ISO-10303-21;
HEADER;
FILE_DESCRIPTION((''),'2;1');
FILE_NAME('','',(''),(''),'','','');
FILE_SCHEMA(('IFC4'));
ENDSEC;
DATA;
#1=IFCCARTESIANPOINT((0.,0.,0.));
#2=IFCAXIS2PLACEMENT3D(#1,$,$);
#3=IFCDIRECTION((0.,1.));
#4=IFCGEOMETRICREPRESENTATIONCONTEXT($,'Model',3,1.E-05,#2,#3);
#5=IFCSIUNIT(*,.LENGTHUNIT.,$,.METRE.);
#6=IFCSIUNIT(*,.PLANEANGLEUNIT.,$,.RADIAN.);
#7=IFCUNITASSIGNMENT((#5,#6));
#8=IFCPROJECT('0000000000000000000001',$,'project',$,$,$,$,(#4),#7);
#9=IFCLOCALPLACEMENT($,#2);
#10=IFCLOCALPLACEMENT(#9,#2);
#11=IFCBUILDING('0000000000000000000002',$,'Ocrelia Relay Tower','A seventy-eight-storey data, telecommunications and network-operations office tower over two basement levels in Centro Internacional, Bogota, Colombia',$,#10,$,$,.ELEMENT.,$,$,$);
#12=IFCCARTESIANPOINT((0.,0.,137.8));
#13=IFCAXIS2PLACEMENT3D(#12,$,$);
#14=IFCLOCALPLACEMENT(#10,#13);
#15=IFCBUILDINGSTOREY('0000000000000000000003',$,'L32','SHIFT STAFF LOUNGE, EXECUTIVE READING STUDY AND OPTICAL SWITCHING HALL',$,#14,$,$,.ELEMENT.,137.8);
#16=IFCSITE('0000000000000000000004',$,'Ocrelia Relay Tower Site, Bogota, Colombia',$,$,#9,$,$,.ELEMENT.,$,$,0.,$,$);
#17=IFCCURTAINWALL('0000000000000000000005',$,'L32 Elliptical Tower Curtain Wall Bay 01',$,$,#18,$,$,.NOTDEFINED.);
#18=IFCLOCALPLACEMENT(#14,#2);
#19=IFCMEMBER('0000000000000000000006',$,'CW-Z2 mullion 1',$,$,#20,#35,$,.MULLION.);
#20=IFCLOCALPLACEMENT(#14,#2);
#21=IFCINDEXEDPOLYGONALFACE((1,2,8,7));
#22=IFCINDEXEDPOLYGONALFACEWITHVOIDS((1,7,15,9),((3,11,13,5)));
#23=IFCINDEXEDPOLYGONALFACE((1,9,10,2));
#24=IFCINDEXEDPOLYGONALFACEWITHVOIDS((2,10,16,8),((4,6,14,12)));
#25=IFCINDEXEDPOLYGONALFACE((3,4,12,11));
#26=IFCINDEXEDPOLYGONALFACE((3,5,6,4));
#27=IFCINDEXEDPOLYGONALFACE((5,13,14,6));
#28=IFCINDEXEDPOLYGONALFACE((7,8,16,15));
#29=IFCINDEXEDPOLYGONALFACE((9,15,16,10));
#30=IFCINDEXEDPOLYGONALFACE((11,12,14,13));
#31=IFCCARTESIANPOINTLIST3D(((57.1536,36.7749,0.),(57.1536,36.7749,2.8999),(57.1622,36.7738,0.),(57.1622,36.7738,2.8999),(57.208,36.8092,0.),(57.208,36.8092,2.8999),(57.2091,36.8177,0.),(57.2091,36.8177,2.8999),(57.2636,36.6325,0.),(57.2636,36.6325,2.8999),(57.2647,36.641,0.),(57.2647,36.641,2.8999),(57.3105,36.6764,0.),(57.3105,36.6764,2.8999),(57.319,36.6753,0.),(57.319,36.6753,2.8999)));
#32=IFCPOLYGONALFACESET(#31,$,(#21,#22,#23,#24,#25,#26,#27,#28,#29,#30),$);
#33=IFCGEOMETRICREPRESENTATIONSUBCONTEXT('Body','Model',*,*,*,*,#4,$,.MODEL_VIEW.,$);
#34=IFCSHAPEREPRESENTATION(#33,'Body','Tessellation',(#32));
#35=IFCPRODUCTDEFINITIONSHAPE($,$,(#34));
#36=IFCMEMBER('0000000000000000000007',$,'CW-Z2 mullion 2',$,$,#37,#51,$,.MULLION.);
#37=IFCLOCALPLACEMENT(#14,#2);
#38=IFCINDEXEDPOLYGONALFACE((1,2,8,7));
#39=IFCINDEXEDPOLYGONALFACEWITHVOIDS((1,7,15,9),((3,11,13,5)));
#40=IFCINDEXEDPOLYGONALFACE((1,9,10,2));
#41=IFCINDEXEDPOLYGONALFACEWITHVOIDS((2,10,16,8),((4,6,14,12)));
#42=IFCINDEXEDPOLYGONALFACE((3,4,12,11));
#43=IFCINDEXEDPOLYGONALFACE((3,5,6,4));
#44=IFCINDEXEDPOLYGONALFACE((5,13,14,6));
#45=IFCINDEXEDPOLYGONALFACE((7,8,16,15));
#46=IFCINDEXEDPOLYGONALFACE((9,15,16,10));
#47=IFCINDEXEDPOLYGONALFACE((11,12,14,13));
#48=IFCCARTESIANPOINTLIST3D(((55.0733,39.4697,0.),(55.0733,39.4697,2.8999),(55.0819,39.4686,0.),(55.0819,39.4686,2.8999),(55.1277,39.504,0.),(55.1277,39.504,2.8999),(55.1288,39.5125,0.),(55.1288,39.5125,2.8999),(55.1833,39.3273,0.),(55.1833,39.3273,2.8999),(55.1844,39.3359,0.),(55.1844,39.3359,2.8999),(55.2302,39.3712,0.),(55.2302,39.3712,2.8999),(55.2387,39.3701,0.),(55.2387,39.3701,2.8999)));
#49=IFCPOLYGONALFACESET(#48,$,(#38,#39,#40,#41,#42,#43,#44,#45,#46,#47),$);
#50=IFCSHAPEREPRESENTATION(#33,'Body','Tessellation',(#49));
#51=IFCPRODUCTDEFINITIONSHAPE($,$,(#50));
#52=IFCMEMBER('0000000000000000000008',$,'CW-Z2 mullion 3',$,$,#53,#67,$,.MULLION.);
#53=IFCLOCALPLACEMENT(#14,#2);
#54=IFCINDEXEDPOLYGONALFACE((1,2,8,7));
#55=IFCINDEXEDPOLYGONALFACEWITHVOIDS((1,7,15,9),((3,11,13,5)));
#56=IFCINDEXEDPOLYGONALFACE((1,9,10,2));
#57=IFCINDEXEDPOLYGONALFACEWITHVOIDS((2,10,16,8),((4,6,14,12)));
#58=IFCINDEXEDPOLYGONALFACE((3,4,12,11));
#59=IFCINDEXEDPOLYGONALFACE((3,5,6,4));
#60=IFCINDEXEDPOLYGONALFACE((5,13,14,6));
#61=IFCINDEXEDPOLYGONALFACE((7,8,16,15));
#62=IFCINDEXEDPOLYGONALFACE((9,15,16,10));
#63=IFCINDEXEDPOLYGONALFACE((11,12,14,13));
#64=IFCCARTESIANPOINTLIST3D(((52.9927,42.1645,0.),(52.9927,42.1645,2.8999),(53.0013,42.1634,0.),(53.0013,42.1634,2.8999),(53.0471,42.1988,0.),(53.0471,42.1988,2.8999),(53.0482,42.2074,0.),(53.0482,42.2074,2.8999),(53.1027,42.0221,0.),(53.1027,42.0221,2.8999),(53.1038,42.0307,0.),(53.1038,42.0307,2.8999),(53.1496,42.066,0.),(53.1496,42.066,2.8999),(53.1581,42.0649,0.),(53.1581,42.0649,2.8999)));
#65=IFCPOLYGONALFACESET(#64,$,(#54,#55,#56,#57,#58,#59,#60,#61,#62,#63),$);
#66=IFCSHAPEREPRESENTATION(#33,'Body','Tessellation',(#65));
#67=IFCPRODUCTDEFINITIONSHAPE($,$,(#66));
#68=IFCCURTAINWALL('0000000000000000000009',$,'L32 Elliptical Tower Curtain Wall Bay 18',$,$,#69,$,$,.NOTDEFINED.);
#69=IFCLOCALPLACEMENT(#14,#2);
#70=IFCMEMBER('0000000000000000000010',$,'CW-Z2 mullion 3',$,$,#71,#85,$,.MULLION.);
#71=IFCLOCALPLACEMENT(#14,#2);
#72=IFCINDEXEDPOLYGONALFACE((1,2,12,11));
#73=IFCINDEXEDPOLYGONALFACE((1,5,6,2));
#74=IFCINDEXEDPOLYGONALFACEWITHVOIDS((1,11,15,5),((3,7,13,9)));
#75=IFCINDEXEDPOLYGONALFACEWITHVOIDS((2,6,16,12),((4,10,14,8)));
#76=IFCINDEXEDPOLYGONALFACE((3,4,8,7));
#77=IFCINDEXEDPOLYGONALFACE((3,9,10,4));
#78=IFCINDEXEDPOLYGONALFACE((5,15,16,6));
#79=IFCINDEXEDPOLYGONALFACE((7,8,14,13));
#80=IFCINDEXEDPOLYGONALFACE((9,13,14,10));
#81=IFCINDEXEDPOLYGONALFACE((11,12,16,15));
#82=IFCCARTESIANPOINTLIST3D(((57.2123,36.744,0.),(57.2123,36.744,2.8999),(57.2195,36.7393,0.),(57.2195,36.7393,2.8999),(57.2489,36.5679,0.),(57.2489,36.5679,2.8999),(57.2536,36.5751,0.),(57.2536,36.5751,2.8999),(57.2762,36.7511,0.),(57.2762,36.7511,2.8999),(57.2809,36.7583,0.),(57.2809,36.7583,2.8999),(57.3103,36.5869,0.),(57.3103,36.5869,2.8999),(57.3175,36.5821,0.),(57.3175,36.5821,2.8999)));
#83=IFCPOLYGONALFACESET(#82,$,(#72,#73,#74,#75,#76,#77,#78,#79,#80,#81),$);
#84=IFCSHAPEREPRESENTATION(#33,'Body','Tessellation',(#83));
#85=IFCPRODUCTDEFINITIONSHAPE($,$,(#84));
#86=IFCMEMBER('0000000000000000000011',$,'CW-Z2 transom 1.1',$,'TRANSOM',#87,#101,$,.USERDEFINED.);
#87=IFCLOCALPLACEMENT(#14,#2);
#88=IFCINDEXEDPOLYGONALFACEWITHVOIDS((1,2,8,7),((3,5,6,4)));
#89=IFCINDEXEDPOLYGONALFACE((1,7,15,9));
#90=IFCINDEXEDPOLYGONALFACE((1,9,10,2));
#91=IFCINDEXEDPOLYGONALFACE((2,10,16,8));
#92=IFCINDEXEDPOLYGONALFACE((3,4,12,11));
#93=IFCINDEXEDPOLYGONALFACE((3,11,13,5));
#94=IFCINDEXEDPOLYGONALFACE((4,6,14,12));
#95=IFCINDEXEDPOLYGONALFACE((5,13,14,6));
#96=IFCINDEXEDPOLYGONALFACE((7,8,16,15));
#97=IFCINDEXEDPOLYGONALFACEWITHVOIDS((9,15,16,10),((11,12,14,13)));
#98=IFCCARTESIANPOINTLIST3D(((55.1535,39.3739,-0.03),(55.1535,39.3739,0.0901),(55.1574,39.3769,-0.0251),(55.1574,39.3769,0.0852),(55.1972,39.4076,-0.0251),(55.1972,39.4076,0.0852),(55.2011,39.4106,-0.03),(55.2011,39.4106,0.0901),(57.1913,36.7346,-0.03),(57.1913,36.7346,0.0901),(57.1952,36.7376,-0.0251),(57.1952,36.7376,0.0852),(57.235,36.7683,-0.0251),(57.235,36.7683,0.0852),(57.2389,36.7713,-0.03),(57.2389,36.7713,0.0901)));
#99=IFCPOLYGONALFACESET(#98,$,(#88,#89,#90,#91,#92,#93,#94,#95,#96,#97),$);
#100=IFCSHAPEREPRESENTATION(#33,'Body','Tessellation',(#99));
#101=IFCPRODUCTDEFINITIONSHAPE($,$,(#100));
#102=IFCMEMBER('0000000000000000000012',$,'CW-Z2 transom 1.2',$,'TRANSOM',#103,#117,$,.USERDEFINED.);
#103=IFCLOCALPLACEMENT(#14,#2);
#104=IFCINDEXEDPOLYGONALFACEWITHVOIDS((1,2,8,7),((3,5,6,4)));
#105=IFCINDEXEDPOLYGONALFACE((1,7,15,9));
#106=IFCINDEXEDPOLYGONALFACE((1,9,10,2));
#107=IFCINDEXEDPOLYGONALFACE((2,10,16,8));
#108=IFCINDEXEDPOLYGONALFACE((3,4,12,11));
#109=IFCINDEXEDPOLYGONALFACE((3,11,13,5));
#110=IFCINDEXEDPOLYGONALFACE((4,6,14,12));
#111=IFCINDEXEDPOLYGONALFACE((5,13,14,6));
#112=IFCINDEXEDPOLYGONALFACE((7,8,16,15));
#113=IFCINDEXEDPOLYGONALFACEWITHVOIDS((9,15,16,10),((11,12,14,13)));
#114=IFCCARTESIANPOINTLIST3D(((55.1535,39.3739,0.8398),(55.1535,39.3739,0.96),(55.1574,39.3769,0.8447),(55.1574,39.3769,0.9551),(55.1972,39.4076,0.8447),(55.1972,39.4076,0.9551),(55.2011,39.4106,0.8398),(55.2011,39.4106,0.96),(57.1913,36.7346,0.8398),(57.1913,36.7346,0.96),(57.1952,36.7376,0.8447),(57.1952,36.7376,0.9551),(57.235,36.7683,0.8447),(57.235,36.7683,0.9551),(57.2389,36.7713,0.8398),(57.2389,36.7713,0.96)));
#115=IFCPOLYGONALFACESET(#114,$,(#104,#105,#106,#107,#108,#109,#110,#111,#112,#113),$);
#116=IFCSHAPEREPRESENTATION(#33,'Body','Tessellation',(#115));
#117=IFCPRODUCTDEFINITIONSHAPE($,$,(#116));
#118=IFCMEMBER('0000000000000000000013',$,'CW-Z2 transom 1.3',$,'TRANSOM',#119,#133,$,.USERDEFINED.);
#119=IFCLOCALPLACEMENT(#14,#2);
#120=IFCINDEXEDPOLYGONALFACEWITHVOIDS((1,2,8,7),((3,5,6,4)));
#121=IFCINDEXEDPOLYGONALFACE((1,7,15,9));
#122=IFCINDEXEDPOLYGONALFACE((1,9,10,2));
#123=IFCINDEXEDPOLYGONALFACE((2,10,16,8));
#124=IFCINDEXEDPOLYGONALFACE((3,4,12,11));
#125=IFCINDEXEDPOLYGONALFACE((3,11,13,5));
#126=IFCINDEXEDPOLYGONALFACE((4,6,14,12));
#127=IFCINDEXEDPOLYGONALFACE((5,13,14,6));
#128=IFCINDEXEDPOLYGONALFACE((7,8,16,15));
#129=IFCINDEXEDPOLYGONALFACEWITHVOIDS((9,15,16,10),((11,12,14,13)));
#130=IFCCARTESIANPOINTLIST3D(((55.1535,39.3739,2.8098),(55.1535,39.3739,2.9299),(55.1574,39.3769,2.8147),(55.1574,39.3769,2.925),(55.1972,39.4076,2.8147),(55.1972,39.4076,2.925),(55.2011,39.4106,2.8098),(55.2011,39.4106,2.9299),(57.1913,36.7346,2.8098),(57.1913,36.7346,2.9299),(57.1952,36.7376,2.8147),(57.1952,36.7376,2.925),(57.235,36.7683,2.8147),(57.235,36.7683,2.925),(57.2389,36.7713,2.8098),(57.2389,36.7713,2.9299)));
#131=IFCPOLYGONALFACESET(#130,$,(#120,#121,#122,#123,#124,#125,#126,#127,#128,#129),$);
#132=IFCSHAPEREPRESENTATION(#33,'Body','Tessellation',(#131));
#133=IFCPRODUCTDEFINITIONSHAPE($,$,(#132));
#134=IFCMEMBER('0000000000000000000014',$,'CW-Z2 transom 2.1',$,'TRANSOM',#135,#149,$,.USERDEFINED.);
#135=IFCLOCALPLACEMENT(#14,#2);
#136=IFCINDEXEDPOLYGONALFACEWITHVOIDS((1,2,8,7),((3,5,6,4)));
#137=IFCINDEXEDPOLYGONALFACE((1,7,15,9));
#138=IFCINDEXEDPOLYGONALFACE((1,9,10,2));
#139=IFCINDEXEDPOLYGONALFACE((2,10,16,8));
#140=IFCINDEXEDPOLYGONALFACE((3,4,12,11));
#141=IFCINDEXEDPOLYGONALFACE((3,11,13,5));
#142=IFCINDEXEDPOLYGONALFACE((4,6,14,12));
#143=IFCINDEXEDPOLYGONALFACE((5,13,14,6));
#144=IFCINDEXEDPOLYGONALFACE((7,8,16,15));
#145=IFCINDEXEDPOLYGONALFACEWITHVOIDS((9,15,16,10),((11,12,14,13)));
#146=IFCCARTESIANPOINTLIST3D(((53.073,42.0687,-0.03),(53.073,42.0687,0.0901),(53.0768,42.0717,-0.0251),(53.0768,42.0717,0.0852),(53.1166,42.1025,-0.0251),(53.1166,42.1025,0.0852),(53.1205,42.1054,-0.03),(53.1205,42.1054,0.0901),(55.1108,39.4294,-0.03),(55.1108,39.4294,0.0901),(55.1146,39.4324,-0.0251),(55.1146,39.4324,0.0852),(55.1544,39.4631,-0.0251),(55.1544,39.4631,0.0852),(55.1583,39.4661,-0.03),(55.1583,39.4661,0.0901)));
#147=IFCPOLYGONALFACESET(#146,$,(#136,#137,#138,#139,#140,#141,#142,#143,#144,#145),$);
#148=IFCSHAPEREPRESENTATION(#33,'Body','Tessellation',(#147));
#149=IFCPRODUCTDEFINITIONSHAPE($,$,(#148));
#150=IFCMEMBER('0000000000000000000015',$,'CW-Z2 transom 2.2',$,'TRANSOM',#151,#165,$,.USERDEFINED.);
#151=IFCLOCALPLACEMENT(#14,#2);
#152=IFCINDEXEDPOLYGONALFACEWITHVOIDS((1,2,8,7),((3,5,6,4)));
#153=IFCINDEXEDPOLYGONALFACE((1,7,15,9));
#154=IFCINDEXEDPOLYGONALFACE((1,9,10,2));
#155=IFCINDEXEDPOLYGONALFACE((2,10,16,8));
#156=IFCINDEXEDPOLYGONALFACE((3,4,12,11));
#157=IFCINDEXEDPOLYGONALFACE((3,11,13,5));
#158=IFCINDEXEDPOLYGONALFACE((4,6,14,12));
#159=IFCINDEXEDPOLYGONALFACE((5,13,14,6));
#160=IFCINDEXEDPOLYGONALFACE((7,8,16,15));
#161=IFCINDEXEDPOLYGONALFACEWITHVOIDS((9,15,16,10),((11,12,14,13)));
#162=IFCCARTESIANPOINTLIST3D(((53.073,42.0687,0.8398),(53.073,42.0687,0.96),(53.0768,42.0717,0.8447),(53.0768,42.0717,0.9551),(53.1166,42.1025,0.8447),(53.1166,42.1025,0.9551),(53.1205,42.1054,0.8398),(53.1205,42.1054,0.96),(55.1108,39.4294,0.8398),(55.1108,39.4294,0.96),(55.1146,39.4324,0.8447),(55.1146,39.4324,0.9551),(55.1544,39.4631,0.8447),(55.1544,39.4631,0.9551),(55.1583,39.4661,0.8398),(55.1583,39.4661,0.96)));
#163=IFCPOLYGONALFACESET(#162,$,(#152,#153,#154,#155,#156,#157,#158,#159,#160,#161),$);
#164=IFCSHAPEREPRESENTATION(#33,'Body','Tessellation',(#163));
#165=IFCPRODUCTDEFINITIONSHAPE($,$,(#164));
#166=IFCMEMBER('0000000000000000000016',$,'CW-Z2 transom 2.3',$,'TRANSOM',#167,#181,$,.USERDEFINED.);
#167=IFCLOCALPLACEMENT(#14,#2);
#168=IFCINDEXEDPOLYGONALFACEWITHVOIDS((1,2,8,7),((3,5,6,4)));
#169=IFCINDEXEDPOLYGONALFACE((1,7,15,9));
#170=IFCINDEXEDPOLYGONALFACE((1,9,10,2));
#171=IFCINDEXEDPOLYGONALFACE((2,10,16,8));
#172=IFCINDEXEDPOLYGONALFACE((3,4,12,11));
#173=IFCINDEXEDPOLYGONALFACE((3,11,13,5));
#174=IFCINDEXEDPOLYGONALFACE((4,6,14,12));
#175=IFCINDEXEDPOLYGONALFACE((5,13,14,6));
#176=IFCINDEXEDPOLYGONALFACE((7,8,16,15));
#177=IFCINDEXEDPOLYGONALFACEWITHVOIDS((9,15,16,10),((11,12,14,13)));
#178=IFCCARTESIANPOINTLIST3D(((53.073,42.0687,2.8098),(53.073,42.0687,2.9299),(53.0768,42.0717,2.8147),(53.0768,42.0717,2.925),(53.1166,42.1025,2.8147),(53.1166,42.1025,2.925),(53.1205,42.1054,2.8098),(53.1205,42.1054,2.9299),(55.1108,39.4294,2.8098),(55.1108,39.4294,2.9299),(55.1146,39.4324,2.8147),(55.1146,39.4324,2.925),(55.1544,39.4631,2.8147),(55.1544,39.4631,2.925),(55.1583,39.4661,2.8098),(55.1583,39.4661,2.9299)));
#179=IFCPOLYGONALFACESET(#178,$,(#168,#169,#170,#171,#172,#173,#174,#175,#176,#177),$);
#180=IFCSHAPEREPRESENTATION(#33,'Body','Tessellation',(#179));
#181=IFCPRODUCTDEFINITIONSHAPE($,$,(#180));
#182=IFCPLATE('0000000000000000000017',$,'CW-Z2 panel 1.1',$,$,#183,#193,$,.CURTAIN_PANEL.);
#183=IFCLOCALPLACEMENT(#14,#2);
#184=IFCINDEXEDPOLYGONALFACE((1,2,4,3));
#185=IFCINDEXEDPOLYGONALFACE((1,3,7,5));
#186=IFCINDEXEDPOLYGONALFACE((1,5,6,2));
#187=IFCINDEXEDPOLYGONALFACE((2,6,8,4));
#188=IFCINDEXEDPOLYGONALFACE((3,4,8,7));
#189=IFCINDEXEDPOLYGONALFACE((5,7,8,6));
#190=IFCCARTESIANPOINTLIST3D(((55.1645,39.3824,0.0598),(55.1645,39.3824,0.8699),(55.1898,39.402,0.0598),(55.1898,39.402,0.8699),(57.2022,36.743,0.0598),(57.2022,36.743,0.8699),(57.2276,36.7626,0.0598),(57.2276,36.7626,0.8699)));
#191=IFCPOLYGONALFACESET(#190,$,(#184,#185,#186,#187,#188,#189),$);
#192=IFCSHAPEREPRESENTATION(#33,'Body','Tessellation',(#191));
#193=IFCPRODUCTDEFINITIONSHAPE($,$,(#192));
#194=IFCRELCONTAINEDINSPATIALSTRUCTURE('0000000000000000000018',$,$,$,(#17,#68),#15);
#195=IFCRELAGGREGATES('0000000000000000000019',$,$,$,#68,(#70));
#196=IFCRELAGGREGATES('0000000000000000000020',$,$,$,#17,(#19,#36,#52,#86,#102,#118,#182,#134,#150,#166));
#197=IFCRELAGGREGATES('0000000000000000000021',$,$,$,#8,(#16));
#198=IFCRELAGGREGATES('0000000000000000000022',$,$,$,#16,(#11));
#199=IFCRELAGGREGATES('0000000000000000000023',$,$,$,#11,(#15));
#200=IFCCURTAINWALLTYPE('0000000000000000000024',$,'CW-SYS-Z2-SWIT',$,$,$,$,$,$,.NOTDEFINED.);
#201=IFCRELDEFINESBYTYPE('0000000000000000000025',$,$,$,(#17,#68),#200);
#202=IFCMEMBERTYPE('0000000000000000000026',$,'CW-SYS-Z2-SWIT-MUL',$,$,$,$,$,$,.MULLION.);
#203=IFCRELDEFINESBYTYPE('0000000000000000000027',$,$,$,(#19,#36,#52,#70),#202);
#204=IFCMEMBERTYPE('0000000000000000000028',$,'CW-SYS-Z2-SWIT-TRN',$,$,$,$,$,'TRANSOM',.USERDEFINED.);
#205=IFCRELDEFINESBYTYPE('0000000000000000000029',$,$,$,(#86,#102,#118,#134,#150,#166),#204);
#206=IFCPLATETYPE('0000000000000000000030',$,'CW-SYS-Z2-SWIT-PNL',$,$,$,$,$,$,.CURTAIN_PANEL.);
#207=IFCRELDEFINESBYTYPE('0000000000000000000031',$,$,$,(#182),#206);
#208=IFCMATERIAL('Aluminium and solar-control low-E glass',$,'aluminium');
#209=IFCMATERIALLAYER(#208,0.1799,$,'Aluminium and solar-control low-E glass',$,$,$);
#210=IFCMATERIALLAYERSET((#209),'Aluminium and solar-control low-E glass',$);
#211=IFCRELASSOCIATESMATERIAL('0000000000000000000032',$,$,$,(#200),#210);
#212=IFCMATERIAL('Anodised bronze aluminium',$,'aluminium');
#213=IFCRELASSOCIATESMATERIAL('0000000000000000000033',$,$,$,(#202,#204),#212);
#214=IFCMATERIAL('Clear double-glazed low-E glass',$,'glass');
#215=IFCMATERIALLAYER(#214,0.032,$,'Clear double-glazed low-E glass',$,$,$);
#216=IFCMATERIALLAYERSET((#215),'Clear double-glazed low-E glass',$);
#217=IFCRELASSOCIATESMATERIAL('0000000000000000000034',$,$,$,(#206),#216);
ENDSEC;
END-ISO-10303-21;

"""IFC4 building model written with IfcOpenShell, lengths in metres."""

from ifc_helpers import new_model, si_unit, direction, frame, origin, origin_2d, place, context, subcontext, project, spatial, rectangle, hollow_rectangle, extrude, material, layer, layer_set, material_profile, profile_set, type_object, element, aggregate, save


model = new_model("IFC4")

# Units and contexts
model_context = context("Model", 3, precision=1e-05, world=origin(), true_north=direction((0.0, 1.0)))
body_context = subcontext(model_context, "Body", "Model", "MODEL_VIEW")
ifc_project = project(units=[si_unit("LENGTHUNIT", "METRE"), si_unit("PLANEANGLEUNIT", "RADIAN")], contexts=[model_context])

# Site, building, storey
site_placement = place(None, origin())
site = spatial("IfcSite", under=ifc_project, at=site_placement, Name="Ocrelia Relay Tower Site, Bogota, Colombia", CompositionType="ELEMENT", RefElevation=0.0)
building_placement = place(site_placement, origin())
building = spatial("IfcBuilding", under=site, at=building_placement, Name="Ocrelia Relay Tower", Description="A seventy-eight-storey data, telecommunications and network-operations office tower over two basement levels in Centro Internacional, Bogota, Colombia", CompositionType="ELEMENT")
storey_placement = place(building_placement, frame((0.0, 0.0, 137.8)))
storey = spatial("IfcBuildingStorey", under=building, at=storey_placement, Name="L32", Description="SHIFT STAFF LOUNGE, EXECUTIVE READING STUDY AND OPTICAL SWITCHING HALL", CompositionType="ELEMENT", Elevation=137.8)

# Curtain wall, members
ifc_material_1 = material(Name="Aluminium and solar-control low-E glass", Category="aluminium")
ifc_layer_1 = layer(ifc_material_1, 0.1799, Name="Aluminium and solar-control low-E glass")
ifc_layer_set_1 = layer_set([ifc_layer_1], Name="Aluminium and solar-control low-E glass")
curtain_wall_type = type_object("IfcCurtainWallType", Name="CW-SYS-Z2-SWIT", PredefinedType="NOTDEFINED", material=ifc_layer_set_1)
curtain_wall_1_placement = place(storey_placement, origin())
curtain_wall_1 = element("IfcCurtainWall", 1, at=curtain_wall_1_placement, inside=storey, type_object=curtain_wall_type, Name="L32 Elliptical Tower Curtain Wall Bay 01", PredefinedType="NOTDEFINED")
ifc_material_2 = material(Name="Anodised bronze aluminium", Category="aluminium")
ifc_material_profile_1 = material_profile(ifc_material_2, hollow_rectangle(XDim=0.0701, YDim=0.1799, WallThickness=0.0061, at=origin_2d()), Name="CW-MUL-180x70")
ifc_profile_set_1 = profile_set([ifc_material_profile_1], Name="Anodised bronze aluminium")
member_type_1 = type_object("IfcMemberType", Name="CW-SYS-Z2-SWIT-MUL", PredefinedType="MULLION", material=ifc_profile_set_1)
member_1_placement = place(storey_placement, frame((57.2363, 36.7251, 0.0), z_axis=(0.0, 0.0, 1.0), x_axis=(-0.791551, -0.611104, 0.0)))
member_1 = element("IfcMember", 2, at=member_1_placement, type_object=member_type_1, Name="CW-Z2 mullion 1", PredefinedType="MULLION", context=body_context, shape_type="SweptSolid", body=[
    extrude(hollow_rectangle(XDim=0.0701, YDim=0.1799, WallThickness=0.0061, at=origin_2d()), origin(), (0.0, 0.0, 1.0), 2.8999),
])
member_2_placement = place(storey_placement, frame((55.156, 39.4199, 0.0), z_axis=(0.0, 0.0, 1.0), x_axis=(-0.791551, -0.611104, 0.0)))
member_2 = element("IfcMember", 3, at=member_2_placement, type_object=member_type_1, Name="CW-Z2 mullion 2", PredefinedType="MULLION", context=body_context, shape_type="SweptSolid", body=[
    extrude(hollow_rectangle(XDim=0.0701, YDim=0.1799, WallThickness=0.0061, at=origin_2d()), origin(), (0.0, 0.0, 1.0), 2.8999),
])
member_3_placement = place(storey_placement, frame((53.0754, 42.1147, 0.0), z_axis=(0.0, 0.0, 1.0), x_axis=(-0.791551, -0.611104, 0.0)))
member_3 = element("IfcMember", 4, at=member_3_placement, type_object=member_type_1, Name="CW-Z2 mullion 3", PredefinedType="MULLION", context=body_context, shape_type="SweptSolid", body=[
    extrude(hollow_rectangle(XDim=0.0701, YDim=0.1799, WallThickness=0.0061, at=origin_2d()), origin(), (0.0, 0.0, 1.0), 2.8999),
])

# Curtain wall, member
curtain_wall_2_placement = place(storey_placement, origin())
curtain_wall_2 = element("IfcCurtainWall", 5, at=curtain_wall_2_placement, inside=storey, type_object=curtain_wall_type, Name="L32 Elliptical Tower Curtain Wall Bay 18", PredefinedType="NOTDEFINED")
member_4_placement = place(storey_placement, frame((57.2649, 36.6631, 0.0), z_axis=(0.0, 0.0, 1.0), x_axis=(-0.979114, -0.203312, 0.0)))
member_4 = element("IfcMember", 6, at=member_4_placement, type_object=member_type_1, Name="CW-Z2 mullion 3", PredefinedType="MULLION", context=body_context, shape_type="SweptSolid", body=[
    extrude(hollow_rectangle(XDim=0.0701, YDim=0.1799, WallThickness=0.0061, at=origin_2d()), origin(), (0.0, 0.0, 1.0), 2.8999),
])
aggregate(curtain_wall_2, [member_4])

# Members
ifc_material_profile_2 = material_profile(ifc_material_2, hollow_rectangle(XDim=0.0601, YDim=0.1201, WallThickness=0.0049, at=origin_2d()), Name="CW-TRN-120x60")
ifc_profile_set_2 = profile_set([ifc_material_profile_2], Name="Anodised bronze aluminium")
member_type_2 = type_object("IfcMemberType", Name="CW-SYS-Z2-SWIT-TRN", ElementType="TRANSOM", PredefinedType="USERDEFINED", material=ifc_profile_set_2)
member_5_placement = place(storey_placement, frame((57.2151, 36.7529, 0.03), z_axis=(-0.611129, 0.791531, 0.0), x_axis=(-0.791531, -0.611129, 0.0)))
member_5 = element("IfcMember", 7, at=member_5_placement, type_object=member_type_2, Name="CW-Z2 transom 1.1", ObjectType="TRANSOM", PredefinedType="USERDEFINED", context=body_context, shape_type="SweptSolid", body=[
    extrude(hollow_rectangle(XDim=0.0601, YDim=0.1201, WallThickness=0.0049, at=origin_2d()), origin(), (0.0, 0.0, 1.0), 3.3345),
])
member_6_placement = place(storey_placement, frame((57.2151, 36.7529, 0.8999), z_axis=(-0.611129, 0.791531, 0.0), x_axis=(-0.791531, -0.611129, 0.0)))
member_6 = element("IfcMember", 8, at=member_6_placement, type_object=member_type_2, Name="CW-Z2 transom 1.2", ObjectType="TRANSOM", PredefinedType="USERDEFINED", context=body_context, shape_type="SweptSolid", body=[
    extrude(hollow_rectangle(XDim=0.0601, YDim=0.1201, WallThickness=0.0049, at=origin_2d()), origin(), (0.0, 0.0, 1.0), 3.3345),
])
member_7_placement = place(storey_placement, frame((57.2151, 36.7529, 2.8699), z_axis=(-0.611129, 0.791531, 0.0), x_axis=(-0.791531, -0.611129, 0.0)))
member_7 = element("IfcMember", 9, at=member_7_placement, type_object=member_type_2, Name="CW-Z2 transom 1.3", ObjectType="TRANSOM", PredefinedType="USERDEFINED", context=body_context, shape_type="SweptSolid", body=[
    extrude(hollow_rectangle(XDim=0.0601, YDim=0.1201, WallThickness=0.0049, at=origin_2d()), origin(), (0.0, 0.0, 1.0), 3.3345),
])
member_8_placement = place(storey_placement, frame((55.1345, 39.4478, 0.03), z_axis=(-0.611129, 0.791531, 0.0), x_axis=(-0.791531, -0.611129, 0.0)))
member_8 = element("IfcMember", 10, at=member_8_placement, type_object=member_type_2, Name="CW-Z2 transom 2.1", ObjectType="TRANSOM", PredefinedType="USERDEFINED", context=body_context, shape_type="SweptSolid", body=[
    extrude(hollow_rectangle(XDim=0.0601, YDim=0.1201, WallThickness=0.0049, at=origin_2d()), origin(), (0.0, 0.0, 1.0), 3.3345),
])
member_9_placement = place(storey_placement, frame((55.1345, 39.4478, 0.8999), z_axis=(-0.611129, 0.791531, 0.0), x_axis=(-0.791531, -0.611129, 0.0)))
member_9 = element("IfcMember", 11, at=member_9_placement, type_object=member_type_2, Name="CW-Z2 transom 2.2", ObjectType="TRANSOM", PredefinedType="USERDEFINED", context=body_context, shape_type="SweptSolid", body=[
    extrude(hollow_rectangle(XDim=0.0601, YDim=0.1201, WallThickness=0.0049, at=origin_2d()), origin(), (0.0, 0.0, 1.0), 3.3345),
])
member_10_placement = place(storey_placement, frame((55.1345, 39.4478, 2.8699), z_axis=(-0.611129, 0.791531, 0.0), x_axis=(-0.791531, -0.611129, 0.0)))
member_10 = element("IfcMember", 12, at=member_10_placement, type_object=member_type_2, Name="CW-Z2 transom 2.3", ObjectType="TRANSOM", PredefinedType="USERDEFINED", context=body_context, shape_type="SweptSolid", body=[
    extrude(hollow_rectangle(XDim=0.0601, YDim=0.1201, WallThickness=0.0049, at=origin_2d()), origin(), (0.0, 0.0, 1.0), 3.3345),
])

# Plate
ifc_material_3 = material(Name="Clear double-glazed low-E glass", Category="glass")
ifc_layer_2 = layer(ifc_material_3, 0.032, Name="Clear double-glazed low-E glass")
ifc_layer_set_2 = layer_set([ifc_layer_2], Name="Clear double-glazed low-E glass")
plate_type = type_object("IfcPlateType", Name="CW-SYS-Z2-SWIT-PNL", PredefinedType="CURTAIN_PANEL", material=ifc_layer_set_2)
plate_1_placement = place(storey_placement, frame((56.196, 38.0725, 0.0598), z_axis=(0.0, 0.0, 1.0), x_axis=(-0.611104, 0.791551, 0.0)))
plate_1 = element("IfcPlate", 13, at=plate_1_placement, type_object=plate_type, Name="CW-Z2 panel 1.1", PredefinedType="CURTAIN_PANEL", context=body_context, shape_type="SweptSolid", body=[
    extrude(rectangle(XDim=3.3345, YDim=0.032, at=origin_2d()), origin(), (0.0, 0.0, 1.0), 0.8101),
])
aggregate(curtain_wall_1, [member_1, member_2, member_3, member_5, member_6, member_7, plate_1, member_8, member_9, member_10])

save(model, "model.ifc")
